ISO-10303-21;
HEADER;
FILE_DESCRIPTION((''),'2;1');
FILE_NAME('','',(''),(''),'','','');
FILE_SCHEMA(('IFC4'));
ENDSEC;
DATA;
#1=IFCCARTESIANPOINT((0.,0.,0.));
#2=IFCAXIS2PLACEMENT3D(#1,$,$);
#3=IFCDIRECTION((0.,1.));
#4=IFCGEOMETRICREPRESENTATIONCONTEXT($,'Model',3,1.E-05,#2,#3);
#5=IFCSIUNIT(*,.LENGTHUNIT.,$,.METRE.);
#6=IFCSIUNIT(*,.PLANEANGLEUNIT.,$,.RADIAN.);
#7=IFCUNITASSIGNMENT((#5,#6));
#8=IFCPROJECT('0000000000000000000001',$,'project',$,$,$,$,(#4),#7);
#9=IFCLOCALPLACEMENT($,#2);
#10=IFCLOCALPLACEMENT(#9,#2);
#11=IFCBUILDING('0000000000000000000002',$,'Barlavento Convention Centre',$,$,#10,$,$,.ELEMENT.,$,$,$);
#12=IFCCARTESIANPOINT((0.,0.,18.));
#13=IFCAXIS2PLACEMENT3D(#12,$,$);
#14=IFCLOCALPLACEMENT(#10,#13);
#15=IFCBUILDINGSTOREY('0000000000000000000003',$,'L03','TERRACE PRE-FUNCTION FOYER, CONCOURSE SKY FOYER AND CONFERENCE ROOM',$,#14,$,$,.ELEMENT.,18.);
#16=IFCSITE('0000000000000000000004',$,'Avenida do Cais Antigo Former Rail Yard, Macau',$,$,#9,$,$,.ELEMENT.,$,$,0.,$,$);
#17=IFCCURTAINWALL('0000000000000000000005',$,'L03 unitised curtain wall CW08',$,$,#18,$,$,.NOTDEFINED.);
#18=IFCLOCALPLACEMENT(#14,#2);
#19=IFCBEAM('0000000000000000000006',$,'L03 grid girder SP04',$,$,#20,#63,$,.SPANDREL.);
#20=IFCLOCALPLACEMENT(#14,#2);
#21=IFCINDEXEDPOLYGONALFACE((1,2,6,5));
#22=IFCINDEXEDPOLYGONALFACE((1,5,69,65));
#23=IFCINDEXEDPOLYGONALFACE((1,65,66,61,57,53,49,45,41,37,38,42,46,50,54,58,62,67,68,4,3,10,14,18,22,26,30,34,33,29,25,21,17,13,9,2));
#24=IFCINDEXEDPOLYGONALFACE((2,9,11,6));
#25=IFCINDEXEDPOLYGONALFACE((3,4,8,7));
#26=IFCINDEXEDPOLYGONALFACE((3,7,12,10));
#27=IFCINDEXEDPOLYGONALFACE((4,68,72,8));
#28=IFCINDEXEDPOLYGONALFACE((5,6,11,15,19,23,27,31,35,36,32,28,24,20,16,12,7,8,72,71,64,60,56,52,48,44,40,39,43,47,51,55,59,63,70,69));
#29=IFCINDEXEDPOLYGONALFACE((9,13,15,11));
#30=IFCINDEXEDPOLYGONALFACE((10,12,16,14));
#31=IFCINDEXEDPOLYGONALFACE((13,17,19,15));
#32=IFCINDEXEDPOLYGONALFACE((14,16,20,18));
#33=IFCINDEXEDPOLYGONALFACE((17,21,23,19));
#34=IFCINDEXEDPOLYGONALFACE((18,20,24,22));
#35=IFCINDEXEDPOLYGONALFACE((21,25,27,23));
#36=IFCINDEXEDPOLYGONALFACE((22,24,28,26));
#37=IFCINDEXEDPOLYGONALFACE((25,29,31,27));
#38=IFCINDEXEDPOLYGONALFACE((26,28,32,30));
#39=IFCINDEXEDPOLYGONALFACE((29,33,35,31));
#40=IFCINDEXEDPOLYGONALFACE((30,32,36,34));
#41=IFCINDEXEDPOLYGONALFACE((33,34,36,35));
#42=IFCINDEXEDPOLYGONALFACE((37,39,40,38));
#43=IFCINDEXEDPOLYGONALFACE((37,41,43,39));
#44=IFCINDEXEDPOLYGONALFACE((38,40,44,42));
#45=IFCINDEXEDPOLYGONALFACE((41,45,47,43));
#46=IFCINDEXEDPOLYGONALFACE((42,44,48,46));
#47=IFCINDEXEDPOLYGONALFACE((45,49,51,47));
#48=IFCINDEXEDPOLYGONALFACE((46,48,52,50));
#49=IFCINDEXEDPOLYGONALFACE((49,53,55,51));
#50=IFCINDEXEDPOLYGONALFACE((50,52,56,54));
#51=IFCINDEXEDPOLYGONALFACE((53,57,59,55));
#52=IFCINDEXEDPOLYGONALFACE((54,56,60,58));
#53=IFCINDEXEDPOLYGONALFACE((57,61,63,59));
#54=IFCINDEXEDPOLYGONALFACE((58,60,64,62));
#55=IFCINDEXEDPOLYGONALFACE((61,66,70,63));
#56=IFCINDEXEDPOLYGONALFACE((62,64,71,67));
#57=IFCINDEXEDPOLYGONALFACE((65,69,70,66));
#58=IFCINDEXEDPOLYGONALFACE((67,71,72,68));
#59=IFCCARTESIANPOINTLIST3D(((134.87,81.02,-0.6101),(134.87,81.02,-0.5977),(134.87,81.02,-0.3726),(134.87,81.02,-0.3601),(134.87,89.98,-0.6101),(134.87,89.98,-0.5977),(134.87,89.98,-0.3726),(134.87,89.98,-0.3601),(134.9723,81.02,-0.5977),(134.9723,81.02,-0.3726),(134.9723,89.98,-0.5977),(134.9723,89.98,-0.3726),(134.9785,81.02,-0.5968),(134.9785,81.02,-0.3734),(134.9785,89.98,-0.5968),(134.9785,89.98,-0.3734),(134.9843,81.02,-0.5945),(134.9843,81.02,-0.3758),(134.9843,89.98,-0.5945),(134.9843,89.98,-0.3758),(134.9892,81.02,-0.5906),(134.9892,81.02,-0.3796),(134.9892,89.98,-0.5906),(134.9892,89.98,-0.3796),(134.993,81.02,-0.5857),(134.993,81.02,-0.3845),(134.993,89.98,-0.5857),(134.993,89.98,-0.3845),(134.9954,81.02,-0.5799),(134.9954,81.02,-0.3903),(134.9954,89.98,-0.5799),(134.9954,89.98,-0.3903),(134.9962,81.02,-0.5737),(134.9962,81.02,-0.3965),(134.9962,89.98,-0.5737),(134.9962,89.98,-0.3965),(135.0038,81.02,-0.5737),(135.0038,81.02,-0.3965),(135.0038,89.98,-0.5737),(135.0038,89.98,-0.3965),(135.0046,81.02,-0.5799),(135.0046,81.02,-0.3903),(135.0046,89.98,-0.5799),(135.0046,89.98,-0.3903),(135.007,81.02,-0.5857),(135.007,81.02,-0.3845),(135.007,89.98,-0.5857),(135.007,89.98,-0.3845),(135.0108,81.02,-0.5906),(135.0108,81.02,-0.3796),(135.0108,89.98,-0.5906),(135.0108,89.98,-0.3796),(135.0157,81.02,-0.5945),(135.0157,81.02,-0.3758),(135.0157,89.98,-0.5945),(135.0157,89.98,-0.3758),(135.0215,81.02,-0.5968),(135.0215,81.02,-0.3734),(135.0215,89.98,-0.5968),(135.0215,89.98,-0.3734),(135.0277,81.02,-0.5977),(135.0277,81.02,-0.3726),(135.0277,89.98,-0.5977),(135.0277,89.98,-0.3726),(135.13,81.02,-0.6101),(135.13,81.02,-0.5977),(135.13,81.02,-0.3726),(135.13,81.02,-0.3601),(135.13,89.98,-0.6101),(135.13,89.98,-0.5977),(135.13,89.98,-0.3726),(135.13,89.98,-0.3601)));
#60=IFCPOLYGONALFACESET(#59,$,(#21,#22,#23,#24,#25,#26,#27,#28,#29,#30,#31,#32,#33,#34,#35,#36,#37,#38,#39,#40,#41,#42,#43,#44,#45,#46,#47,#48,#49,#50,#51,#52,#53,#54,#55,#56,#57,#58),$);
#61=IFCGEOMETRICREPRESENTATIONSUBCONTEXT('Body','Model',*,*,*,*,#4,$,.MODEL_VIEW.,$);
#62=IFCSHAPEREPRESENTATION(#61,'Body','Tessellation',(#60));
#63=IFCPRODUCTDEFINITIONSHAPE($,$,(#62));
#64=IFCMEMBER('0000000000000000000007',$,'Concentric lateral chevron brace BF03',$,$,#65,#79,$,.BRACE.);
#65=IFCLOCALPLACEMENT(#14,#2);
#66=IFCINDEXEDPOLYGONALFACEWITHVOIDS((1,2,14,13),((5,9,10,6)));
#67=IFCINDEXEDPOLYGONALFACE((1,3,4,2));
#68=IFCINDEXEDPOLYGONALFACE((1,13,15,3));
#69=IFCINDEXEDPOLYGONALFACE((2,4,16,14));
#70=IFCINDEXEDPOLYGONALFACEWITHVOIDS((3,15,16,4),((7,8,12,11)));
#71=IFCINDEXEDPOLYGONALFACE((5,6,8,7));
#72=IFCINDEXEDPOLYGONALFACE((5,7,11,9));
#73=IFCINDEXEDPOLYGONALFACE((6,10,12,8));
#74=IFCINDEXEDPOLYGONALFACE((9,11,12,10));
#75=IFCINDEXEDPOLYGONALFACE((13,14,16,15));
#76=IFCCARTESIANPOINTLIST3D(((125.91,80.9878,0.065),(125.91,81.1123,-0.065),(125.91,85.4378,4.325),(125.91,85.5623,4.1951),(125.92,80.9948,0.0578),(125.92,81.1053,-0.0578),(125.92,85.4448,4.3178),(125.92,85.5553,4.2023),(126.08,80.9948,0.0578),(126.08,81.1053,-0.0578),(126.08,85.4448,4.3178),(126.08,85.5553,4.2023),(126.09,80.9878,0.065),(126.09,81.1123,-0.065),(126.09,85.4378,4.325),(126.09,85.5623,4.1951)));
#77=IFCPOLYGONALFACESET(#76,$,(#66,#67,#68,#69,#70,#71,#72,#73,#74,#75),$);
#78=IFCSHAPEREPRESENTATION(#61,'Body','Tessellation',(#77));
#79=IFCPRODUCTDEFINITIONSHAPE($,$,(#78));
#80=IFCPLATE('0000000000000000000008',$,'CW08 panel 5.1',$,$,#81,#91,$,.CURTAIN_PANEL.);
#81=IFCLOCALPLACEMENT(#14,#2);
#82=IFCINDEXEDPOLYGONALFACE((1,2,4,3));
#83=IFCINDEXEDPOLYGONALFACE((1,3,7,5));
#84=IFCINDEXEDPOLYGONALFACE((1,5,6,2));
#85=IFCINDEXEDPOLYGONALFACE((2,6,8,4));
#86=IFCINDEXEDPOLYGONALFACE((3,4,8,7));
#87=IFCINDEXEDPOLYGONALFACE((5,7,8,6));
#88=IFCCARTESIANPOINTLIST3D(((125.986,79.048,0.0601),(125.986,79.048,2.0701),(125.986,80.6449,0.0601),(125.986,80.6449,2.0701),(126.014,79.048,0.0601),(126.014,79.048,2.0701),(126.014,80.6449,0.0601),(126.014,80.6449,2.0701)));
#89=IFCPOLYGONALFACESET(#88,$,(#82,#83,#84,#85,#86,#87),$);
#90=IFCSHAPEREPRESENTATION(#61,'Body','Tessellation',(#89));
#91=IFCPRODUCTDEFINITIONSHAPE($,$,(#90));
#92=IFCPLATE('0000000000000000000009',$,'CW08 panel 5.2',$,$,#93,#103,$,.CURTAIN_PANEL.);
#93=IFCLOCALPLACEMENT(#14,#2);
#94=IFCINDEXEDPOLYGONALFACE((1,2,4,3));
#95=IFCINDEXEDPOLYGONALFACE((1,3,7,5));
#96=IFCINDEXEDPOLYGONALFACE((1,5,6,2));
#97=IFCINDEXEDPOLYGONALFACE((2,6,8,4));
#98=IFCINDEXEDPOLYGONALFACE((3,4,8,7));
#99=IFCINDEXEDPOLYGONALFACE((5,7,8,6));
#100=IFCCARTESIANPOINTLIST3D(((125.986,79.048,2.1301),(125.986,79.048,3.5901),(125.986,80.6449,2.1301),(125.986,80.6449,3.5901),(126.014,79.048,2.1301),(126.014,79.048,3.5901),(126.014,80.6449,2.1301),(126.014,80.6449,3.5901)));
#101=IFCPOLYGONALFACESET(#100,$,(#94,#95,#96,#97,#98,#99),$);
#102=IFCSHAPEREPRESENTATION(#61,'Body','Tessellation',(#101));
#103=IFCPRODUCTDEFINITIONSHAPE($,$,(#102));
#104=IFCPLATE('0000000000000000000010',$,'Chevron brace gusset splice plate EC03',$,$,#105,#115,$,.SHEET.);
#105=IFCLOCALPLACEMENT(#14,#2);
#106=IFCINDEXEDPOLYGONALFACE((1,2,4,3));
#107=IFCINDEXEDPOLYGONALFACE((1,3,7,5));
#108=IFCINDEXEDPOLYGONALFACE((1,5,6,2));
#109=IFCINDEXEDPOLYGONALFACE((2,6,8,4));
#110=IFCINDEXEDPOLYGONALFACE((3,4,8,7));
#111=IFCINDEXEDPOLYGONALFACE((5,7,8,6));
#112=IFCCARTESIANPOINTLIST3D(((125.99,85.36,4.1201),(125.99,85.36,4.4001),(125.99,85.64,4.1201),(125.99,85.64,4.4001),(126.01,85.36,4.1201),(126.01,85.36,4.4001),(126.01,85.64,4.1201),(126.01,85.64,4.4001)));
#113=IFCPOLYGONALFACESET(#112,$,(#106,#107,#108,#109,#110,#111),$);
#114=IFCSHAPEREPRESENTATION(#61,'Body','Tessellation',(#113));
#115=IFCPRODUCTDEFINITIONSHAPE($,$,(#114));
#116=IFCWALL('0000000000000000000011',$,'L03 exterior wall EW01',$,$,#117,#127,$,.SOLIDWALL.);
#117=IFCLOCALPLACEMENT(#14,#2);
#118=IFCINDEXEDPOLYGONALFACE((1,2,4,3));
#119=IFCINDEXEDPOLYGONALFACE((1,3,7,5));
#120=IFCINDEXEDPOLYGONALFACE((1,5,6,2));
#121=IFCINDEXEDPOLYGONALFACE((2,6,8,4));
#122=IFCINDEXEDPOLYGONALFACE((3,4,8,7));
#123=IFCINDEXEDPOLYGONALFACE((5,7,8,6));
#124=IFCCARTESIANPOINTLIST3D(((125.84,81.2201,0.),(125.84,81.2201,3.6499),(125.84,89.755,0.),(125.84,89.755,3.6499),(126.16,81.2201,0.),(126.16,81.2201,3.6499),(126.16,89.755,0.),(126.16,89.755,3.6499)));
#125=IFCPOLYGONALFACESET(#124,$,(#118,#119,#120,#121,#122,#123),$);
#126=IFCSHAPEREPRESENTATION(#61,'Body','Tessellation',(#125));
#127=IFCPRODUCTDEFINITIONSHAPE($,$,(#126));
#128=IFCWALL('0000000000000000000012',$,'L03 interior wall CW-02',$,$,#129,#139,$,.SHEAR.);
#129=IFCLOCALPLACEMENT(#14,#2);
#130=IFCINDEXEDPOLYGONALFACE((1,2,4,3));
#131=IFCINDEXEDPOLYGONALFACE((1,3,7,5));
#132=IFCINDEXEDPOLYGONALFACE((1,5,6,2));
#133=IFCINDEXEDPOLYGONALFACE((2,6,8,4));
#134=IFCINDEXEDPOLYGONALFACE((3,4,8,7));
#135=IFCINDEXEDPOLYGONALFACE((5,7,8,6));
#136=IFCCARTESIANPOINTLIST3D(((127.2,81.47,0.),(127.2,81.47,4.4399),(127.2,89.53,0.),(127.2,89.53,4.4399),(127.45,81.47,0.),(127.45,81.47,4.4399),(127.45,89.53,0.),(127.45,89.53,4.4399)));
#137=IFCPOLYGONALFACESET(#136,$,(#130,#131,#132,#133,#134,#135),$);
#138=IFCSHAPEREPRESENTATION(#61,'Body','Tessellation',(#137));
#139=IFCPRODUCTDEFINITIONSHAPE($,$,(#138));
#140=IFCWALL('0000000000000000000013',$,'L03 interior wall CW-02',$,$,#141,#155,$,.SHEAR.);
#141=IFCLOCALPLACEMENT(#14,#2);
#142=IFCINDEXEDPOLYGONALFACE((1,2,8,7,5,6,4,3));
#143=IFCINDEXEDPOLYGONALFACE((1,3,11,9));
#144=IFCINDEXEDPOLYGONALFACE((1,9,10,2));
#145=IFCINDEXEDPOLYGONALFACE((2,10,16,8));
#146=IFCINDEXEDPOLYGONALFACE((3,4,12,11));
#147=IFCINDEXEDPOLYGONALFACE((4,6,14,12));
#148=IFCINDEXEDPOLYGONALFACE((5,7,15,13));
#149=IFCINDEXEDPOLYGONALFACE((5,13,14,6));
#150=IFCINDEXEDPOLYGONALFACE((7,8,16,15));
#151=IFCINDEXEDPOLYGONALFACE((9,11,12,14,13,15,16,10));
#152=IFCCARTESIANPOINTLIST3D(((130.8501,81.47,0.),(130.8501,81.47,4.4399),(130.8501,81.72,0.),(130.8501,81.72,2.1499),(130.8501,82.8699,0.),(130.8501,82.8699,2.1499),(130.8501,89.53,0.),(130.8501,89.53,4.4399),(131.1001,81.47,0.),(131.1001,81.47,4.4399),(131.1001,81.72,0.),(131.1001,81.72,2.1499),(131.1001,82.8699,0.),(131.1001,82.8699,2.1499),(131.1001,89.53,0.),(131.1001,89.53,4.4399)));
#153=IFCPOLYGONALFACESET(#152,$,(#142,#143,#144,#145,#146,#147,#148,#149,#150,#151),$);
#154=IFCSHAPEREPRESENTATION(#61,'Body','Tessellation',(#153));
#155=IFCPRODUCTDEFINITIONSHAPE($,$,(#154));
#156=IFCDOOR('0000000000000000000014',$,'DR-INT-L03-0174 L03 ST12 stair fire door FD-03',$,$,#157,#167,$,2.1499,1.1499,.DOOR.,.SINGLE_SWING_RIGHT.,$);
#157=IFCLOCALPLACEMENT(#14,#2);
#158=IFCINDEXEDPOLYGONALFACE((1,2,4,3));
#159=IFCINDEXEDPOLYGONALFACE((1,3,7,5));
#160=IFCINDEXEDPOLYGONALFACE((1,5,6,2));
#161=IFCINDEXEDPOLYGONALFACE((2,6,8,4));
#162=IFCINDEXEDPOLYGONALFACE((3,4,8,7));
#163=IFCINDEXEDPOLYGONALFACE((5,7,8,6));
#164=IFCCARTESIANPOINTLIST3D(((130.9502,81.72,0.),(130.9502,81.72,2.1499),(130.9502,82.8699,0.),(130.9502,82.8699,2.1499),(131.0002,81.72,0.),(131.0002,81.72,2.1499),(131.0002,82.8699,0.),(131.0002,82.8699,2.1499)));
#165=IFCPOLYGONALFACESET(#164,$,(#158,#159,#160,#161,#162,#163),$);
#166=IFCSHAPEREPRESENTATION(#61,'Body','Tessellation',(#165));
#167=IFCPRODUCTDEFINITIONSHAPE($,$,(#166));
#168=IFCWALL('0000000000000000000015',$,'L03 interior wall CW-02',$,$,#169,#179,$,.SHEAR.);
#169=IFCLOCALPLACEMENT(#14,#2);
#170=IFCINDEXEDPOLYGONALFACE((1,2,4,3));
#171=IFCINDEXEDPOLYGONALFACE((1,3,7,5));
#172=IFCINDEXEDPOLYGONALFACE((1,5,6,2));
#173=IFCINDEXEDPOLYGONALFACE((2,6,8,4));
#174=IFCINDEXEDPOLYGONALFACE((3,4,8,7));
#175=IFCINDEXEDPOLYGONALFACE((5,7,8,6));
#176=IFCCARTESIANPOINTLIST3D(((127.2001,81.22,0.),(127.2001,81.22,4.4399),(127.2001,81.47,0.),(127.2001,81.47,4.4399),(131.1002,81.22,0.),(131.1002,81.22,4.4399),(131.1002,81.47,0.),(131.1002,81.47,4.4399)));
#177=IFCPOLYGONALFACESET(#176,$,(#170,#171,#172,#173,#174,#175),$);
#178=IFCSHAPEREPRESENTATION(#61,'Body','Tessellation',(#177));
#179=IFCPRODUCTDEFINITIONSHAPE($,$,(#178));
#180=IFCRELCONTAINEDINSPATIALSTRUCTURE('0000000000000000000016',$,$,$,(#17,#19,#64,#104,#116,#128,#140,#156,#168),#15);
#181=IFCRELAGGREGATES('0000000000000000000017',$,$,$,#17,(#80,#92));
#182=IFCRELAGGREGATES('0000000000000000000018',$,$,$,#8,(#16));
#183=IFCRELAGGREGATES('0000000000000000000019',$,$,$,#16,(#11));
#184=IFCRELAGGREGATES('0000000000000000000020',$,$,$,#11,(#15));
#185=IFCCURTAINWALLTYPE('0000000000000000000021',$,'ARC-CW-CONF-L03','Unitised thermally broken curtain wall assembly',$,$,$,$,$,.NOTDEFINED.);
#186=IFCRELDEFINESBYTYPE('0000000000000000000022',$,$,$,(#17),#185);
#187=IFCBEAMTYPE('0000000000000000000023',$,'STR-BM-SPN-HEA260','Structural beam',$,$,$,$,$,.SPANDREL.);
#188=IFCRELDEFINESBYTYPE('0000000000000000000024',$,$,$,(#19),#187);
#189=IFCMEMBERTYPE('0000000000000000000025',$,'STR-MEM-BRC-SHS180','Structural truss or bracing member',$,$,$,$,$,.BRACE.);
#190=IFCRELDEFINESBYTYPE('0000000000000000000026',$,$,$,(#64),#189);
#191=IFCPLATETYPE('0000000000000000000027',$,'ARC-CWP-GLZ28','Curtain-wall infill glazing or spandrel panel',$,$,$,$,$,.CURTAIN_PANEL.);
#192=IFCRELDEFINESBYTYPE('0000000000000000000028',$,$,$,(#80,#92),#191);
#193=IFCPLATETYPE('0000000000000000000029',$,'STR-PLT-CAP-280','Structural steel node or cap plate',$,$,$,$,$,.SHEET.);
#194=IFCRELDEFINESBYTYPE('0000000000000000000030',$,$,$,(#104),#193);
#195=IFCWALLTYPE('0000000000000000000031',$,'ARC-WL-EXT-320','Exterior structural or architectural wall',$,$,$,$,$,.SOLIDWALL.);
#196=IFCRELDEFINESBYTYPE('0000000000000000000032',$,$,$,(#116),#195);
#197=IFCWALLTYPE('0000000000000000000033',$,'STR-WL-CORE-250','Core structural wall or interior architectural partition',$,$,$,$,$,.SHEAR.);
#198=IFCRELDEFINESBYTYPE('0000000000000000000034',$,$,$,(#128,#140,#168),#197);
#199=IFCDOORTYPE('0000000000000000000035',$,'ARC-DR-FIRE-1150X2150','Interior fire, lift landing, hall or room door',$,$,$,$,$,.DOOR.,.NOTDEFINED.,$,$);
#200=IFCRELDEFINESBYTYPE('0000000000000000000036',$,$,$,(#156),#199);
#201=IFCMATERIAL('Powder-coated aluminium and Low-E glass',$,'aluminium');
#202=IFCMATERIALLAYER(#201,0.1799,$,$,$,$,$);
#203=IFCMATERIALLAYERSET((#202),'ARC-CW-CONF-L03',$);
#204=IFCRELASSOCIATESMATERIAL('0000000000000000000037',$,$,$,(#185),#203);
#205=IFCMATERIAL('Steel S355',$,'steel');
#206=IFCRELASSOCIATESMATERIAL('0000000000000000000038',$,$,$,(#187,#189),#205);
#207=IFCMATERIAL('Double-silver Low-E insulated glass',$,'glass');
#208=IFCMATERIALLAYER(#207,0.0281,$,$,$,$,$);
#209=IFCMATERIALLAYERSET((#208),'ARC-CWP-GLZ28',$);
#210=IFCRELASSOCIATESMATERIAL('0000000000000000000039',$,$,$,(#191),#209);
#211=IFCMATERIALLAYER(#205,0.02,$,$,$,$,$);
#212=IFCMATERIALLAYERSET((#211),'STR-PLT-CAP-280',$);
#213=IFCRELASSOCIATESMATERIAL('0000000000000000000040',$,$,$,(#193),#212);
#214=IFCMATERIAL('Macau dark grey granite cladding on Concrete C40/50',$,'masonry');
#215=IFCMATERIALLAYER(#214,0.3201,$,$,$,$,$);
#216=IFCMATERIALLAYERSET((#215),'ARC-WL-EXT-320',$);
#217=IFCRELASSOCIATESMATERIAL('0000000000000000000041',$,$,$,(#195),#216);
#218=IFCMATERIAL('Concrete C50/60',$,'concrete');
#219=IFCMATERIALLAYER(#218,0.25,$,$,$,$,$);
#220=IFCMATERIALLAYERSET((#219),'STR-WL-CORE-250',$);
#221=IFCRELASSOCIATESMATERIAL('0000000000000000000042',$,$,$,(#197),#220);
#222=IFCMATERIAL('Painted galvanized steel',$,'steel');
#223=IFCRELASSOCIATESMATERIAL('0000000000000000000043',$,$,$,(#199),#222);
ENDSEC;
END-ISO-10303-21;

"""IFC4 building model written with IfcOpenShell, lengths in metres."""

from ifc_helpers import new_model, si_unit, direction, frame, frame_2d, origin, origin_2d, place, context, subcontext, project, spatial, rectangle, hollow_rectangle, i_section, extrude, material, layer, layer_set, material_profile, profile_set, type_object, element, fill, aggregate, save


model = new_model("IFC4")

# Units and contexts
model_context = context("Model", 3, precision=1e-05, world=origin(), true_north=direction((0.0, 1.0)))
body_context = subcontext(model_context, "Body", "Model", "MODEL_VIEW")
ifc_project = project(units=[si_unit("LENGTHUNIT", "METRE"), si_unit("PLANEANGLEUNIT", "RADIAN")], contexts=[model_context])

# Site, building, storey
site_placement = place(None, origin())
site = spatial("IfcSite", under=ifc_project, at=site_placement, Name="Avenida do Cais Antigo Former Rail Yard, Macau", CompositionType="ELEMENT", RefElevation=0.0)
building_placement = place(site_placement, origin())
building = spatial("IfcBuilding", under=site, at=building_placement, Name="Barlavento Convention Centre", CompositionType="ELEMENT")
storey_placement = place(building_placement, frame((0.0, 0.0, 18.0)))
storey = spatial("IfcBuildingStorey", under=building, at=storey_placement, Name="L03", Description="TERRACE PRE-FUNCTION FOYER, CONCOURSE SKY FOYER AND CONFERENCE ROOM", CompositionType="ELEMENT", Elevation=18.0)

# Shared definitions
ifc_material_1 = material(Name="Steel S355", Category="steel")

# Curtain wall
ifc_material_2 = material(Name="Powder-coated aluminium and Low-E glass", Category="aluminium")
ifc_layer_1 = layer(ifc_material_2, 0.1799)
ifc_layer_set_1 = layer_set([ifc_layer_1], Name="ARC-CW-CONF-L03")
curtain_wall_type = type_object("IfcCurtainWallType", Name="ARC-CW-CONF-L03", Description="Unitised thermally broken curtain wall assembly", PredefinedType="NOTDEFINED", material=ifc_layer_set_1)
curtain_wall_placement = place(storey_placement, origin())
curtain_wall = element("IfcCurtainWall", 1, at=curtain_wall_placement, inside=storey, type_object=curtain_wall_type, Name="L03 unitised curtain wall CW08", PredefinedType="NOTDEFINED")

# Beam
ifc_material_profile_1 = material_profile(ifc_material_1, i_section(OverallWidth=0.26, OverallDepth=0.25, WebThickness=0.0076, FlangeThickness=0.0125, FilletRadius=0.0239, at=origin_2d()), Name="HEA 260")
ifc_profile_set_1 = profile_set([ifc_material_profile_1], Name="Steel S355")
beam_type_1 = type_object("IfcBeamType", Name="STR-BM-SPN-HEA260", Description="Structural beam", PredefinedType="SPANDREL", material=ifc_profile_set_1)
beam_1_placement = place(storey_placement, frame((135.0, 81.02, -0.4851), z_axis=(0.0, 1.0, 0.0), x_axis=(-1.0, 0.0, 0.0)))
element("IfcBeam", 2, at=beam_1_placement, inside=storey, type_object=beam_type_1, Name="L03 grid girder SP04", PredefinedType="SPANDREL", context=body_context, shape_type="SweptSolid", body=[
    extrude(i_section(OverallWidth=0.26, OverallDepth=0.25, WebThickness=0.0076, FlangeThickness=0.0125, FilletRadius=0.0239, at=origin_2d()), origin(), (0.0, 0.0, 1.0), 8.96),
])

# Member
ifc_material_profile_2 = material_profile(ifc_material_1, hollow_rectangle(XDim=0.1799, YDim=0.1799, WallThickness=0.01, at=origin_2d()), Name="SHS 180x180x10.0")
ifc_profile_set_2 = profile_set([ifc_material_profile_2], Name="Steel S355")
member_type_1 = type_object("IfcMemberType", Name="STR-MEM-BRC-SHS180", Description="Structural truss or bracing member", PredefinedType="BRACE", material=ifc_profile_set_2)
member_1_placement = place(storey_placement, frame((126.0, 81.05, 0.0), z_axis=(0.0, 0.722355, 0.691522), x_axis=(-1.0, 0.0, 0.0)))
element("IfcMember", 3, at=member_1_placement, inside=storey, type_object=member_type_1, Name="Concentric lateral chevron brace BF03", PredefinedType="BRACE", context=body_context, shape_type="SweptSolid", body=[
    extrude(hollow_rectangle(XDim=0.1799, YDim=0.1799, WallThickness=0.01, at=origin_2d()), origin(), (0.0, 0.0, 1.0), 6.1604),
])

# Plates
ifc_material_3 = material(Name="Double-silver Low-E insulated glass", Category="glass")
ifc_layer_2 = layer(ifc_material_3, 0.0281)
ifc_layer_set_2 = layer_set([ifc_layer_2], Name="ARC-CWP-GLZ28")
plate_type_1 = type_object("IfcPlateType", Name="ARC-CWP-GLZ28", Description="Curtain-wall infill glazing or spandrel panel", PredefinedType="CURTAIN_PANEL", material=ifc_layer_set_2)
plate_1_placement = place(storey_placement, frame((126.0, 79.8464, 0.0601), z_axis=(0.0, 0.0, 1.0), x_axis=(0.0, 1.0, 0.0)))
plate_1 = element("IfcPlate", 4, at=plate_1_placement, type_object=plate_type_1, Name="CW08 panel 5.1", PredefinedType="CURTAIN_PANEL", context=body_context, shape_type="SweptSolid", body=[
    extrude(rectangle(XDim=1.5969, YDim=0.0281, at=origin_2d()), origin(), (0.0, 0.0, 1.0), 2.01),
])
plate_2_placement = place(storey_placement, frame((126.0, 79.8464, 2.1301), z_axis=(0.0, 0.0, 1.0), x_axis=(0.0, 1.0, 0.0)))
plate_2 = element("IfcPlate", 5, at=plate_2_placement, type_object=plate_type_1, Name="CW08 panel 5.2", PredefinedType="CURTAIN_PANEL", context=body_context, shape_type="SweptSolid", body=[
    extrude(rectangle(XDim=1.5969, YDim=0.0281, at=origin_2d()), origin(), (0.0, 0.0, 1.0), 1.46),
])
aggregate(curtain_wall, [plate_1, plate_2])
ifc_layer_3 = layer(ifc_material_1, 0.02)
ifc_layer_set_3 = layer_set([ifc_layer_3], Name="STR-PLT-CAP-280")
plate_type_2 = type_object("IfcPlateType", Name="STR-PLT-CAP-280", Description="Structural steel node or cap plate", PredefinedType="SHEET", material=ifc_layer_set_3)
plate_3_placement = place(storey_placement, frame((126.0, 85.5, 4.1201), z_axis=(0.0, 0.0, 1.0), x_axis=(1.0, 0.0, 0.0)))
element("IfcPlate", 6, at=plate_3_placement, inside=storey, type_object=plate_type_2, Name="Chevron brace gusset splice plate EC03", PredefinedType="SHEET", context=body_context, shape_type="SweptSolid", body=[
    extrude(rectangle(XDim=0.02, YDim=0.28, at=origin_2d()), origin(), (0.0, 0.0, 1.0), 0.28),
])

# Walls
ifc_material_4 = material(Name="Macau dark grey granite cladding on Concrete C40/50", Category="masonry")
ifc_layer_4 = layer(ifc_material_4, 0.3201)
ifc_layer_set_4 = layer_set([ifc_layer_4], Name="ARC-WL-EXT-320")
wall_type_1 = type_object("IfcWallType", Name="ARC-WL-EXT-320", Description="Exterior structural or architectural wall", PredefinedType="SOLIDWALL", material=ifc_layer_set_4)
wall_1_placement = place(storey_placement, frame((126.0, 81.22, 0.0), z_axis=(0.0, 0.0, 1.0), x_axis=(0.0, 1.0, 0.0)))
element("IfcWall", 7, at=wall_1_placement, inside=storey, type_object=wall_type_1, Name="L03 exterior wall EW01", PredefinedType="SOLIDWALL", context=body_context, shape_type="SweptSolid", body=[
    extrude(rectangle(XDim=8.5349, YDim=0.3201, at=frame_2d((4.2676, 0.0))), origin(), (0.0, 0.0, 1.0), 3.6499),
])
ifc_material_5 = material(Name="Concrete C50/60", Category="concrete")
ifc_layer_5 = layer(ifc_material_5, 0.25)
ifc_layer_set_5 = layer_set([ifc_layer_5], Name="STR-WL-CORE-250")
wall_type_2 = type_object("IfcWallType", Name="STR-WL-CORE-250", Description="Core structural wall or interior architectural partition", PredefinedType="SHEAR", material=ifc_layer_set_5)
wall_2_placement = place(storey_placement, frame((127.325, 81.47, 0.0), z_axis=(0.0, 0.0, 1.0), x_axis=(0.0, 1.0, 0.0)))
element("IfcWall", 8, at=wall_2_placement, inside=storey, type_object=wall_type_2, Name="L03 interior wall CW-02", PredefinedType="SHEAR", context=body_context, shape_type="SweptSolid", body=[
    extrude(rectangle(XDim=8.0601, YDim=0.25, at=frame_2d((4.03, 0.0))), origin(), (0.0, 0.0, 1.0), 4.4399),
])

# Wall, opening, door
wall_3_placement = place(storey_placement, frame((130.9751, 81.47, 0.0), z_axis=(0.0, 0.0, 1.0), x_axis=(0.0, 1.0, 0.0)))
wall_3 = element("IfcWall", 9, at=wall_3_placement, inside=storey, type_object=wall_type_2, Name="L03 interior wall CW-02", PredefinedType="SHEAR", context=body_context, shape_type="SweptSolid", body=[
    extrude(rectangle(XDim=8.0601, YDim=0.25, at=frame_2d((4.03, 0.0))), origin(), (0.0, 0.0, 1.0), 4.4399),
])
opening_placement = place(wall_3_placement, frame((0.25, 0.0, 0.0)))
opening = element("IfcOpeningElement", 10, at=opening_placement, cuts=wall_3, PredefinedType="OPENING", context=body_context, shape_type="SweptSolid", body=[
    extrude(rectangle(XDim=1.1499, YDim=2.1499, at=frame_2d((0.575, 1.075))), frame((0.0, 0.135, 0.0), z_axis=(0.0, -1.0, 0.0), x_axis=(1.0, 0.0, 0.0)), (0.0, 0.0, 1.0), 0.27),
])
ifc_material_6 = material(Name="Painted galvanized steel", Category="steel")
door_type = type_object("IfcDoorType", Name="ARC-DR-FIRE-1150X2150", Description="Interior fire, lift landing, hall or room door", OperationType="NOTDEFINED", PredefinedType="DOOR", material=ifc_material_6)
door_placement = place(opening_placement, origin())
door = element("IfcDoor", 11, at=door_placement, inside=storey, type_object=door_type, Name="DR-INT-L03-0174 L03 ST12 stair fire door FD-03", OperationType="SINGLE_SWING_RIGHT", OverallHeight=2.1499, OverallWidth=1.1499, PredefinedType="DOOR", context=body_context, shape_type="SweptSolid", body=[
    extrude(rectangle(XDim=1.1499, YDim=2.1499, at=frame_2d((0.575, 1.075))), frame((0.0, 0.0249, 0.0), z_axis=(0.0, -1.0, 0.0), x_axis=(1.0, 0.0, 0.0)), (0.0, 0.0, 1.0), 0.05),
])
fill(opening, door)

# Wall
wall_4_placement = place(storey_placement, frame((127.2, 81.345, 0.0), z_axis=(0.0, 0.0, 1.0), x_axis=(1.0, 0.0, 0.0)))
element("IfcWall", 12, at=wall_4_placement, inside=storey, type_object=wall_type_2, Name="L03 interior wall CW-02", PredefinedType="SHEAR", context=body_context, shape_type="SweptSolid", body=[
    extrude(rectangle(XDim=3.9001, YDim=0.25, at=frame_2d((1.9502, 0.0))), origin(), (0.0, 0.0, 1.0), 4.4399),
])

save(model, "model.ifc")
